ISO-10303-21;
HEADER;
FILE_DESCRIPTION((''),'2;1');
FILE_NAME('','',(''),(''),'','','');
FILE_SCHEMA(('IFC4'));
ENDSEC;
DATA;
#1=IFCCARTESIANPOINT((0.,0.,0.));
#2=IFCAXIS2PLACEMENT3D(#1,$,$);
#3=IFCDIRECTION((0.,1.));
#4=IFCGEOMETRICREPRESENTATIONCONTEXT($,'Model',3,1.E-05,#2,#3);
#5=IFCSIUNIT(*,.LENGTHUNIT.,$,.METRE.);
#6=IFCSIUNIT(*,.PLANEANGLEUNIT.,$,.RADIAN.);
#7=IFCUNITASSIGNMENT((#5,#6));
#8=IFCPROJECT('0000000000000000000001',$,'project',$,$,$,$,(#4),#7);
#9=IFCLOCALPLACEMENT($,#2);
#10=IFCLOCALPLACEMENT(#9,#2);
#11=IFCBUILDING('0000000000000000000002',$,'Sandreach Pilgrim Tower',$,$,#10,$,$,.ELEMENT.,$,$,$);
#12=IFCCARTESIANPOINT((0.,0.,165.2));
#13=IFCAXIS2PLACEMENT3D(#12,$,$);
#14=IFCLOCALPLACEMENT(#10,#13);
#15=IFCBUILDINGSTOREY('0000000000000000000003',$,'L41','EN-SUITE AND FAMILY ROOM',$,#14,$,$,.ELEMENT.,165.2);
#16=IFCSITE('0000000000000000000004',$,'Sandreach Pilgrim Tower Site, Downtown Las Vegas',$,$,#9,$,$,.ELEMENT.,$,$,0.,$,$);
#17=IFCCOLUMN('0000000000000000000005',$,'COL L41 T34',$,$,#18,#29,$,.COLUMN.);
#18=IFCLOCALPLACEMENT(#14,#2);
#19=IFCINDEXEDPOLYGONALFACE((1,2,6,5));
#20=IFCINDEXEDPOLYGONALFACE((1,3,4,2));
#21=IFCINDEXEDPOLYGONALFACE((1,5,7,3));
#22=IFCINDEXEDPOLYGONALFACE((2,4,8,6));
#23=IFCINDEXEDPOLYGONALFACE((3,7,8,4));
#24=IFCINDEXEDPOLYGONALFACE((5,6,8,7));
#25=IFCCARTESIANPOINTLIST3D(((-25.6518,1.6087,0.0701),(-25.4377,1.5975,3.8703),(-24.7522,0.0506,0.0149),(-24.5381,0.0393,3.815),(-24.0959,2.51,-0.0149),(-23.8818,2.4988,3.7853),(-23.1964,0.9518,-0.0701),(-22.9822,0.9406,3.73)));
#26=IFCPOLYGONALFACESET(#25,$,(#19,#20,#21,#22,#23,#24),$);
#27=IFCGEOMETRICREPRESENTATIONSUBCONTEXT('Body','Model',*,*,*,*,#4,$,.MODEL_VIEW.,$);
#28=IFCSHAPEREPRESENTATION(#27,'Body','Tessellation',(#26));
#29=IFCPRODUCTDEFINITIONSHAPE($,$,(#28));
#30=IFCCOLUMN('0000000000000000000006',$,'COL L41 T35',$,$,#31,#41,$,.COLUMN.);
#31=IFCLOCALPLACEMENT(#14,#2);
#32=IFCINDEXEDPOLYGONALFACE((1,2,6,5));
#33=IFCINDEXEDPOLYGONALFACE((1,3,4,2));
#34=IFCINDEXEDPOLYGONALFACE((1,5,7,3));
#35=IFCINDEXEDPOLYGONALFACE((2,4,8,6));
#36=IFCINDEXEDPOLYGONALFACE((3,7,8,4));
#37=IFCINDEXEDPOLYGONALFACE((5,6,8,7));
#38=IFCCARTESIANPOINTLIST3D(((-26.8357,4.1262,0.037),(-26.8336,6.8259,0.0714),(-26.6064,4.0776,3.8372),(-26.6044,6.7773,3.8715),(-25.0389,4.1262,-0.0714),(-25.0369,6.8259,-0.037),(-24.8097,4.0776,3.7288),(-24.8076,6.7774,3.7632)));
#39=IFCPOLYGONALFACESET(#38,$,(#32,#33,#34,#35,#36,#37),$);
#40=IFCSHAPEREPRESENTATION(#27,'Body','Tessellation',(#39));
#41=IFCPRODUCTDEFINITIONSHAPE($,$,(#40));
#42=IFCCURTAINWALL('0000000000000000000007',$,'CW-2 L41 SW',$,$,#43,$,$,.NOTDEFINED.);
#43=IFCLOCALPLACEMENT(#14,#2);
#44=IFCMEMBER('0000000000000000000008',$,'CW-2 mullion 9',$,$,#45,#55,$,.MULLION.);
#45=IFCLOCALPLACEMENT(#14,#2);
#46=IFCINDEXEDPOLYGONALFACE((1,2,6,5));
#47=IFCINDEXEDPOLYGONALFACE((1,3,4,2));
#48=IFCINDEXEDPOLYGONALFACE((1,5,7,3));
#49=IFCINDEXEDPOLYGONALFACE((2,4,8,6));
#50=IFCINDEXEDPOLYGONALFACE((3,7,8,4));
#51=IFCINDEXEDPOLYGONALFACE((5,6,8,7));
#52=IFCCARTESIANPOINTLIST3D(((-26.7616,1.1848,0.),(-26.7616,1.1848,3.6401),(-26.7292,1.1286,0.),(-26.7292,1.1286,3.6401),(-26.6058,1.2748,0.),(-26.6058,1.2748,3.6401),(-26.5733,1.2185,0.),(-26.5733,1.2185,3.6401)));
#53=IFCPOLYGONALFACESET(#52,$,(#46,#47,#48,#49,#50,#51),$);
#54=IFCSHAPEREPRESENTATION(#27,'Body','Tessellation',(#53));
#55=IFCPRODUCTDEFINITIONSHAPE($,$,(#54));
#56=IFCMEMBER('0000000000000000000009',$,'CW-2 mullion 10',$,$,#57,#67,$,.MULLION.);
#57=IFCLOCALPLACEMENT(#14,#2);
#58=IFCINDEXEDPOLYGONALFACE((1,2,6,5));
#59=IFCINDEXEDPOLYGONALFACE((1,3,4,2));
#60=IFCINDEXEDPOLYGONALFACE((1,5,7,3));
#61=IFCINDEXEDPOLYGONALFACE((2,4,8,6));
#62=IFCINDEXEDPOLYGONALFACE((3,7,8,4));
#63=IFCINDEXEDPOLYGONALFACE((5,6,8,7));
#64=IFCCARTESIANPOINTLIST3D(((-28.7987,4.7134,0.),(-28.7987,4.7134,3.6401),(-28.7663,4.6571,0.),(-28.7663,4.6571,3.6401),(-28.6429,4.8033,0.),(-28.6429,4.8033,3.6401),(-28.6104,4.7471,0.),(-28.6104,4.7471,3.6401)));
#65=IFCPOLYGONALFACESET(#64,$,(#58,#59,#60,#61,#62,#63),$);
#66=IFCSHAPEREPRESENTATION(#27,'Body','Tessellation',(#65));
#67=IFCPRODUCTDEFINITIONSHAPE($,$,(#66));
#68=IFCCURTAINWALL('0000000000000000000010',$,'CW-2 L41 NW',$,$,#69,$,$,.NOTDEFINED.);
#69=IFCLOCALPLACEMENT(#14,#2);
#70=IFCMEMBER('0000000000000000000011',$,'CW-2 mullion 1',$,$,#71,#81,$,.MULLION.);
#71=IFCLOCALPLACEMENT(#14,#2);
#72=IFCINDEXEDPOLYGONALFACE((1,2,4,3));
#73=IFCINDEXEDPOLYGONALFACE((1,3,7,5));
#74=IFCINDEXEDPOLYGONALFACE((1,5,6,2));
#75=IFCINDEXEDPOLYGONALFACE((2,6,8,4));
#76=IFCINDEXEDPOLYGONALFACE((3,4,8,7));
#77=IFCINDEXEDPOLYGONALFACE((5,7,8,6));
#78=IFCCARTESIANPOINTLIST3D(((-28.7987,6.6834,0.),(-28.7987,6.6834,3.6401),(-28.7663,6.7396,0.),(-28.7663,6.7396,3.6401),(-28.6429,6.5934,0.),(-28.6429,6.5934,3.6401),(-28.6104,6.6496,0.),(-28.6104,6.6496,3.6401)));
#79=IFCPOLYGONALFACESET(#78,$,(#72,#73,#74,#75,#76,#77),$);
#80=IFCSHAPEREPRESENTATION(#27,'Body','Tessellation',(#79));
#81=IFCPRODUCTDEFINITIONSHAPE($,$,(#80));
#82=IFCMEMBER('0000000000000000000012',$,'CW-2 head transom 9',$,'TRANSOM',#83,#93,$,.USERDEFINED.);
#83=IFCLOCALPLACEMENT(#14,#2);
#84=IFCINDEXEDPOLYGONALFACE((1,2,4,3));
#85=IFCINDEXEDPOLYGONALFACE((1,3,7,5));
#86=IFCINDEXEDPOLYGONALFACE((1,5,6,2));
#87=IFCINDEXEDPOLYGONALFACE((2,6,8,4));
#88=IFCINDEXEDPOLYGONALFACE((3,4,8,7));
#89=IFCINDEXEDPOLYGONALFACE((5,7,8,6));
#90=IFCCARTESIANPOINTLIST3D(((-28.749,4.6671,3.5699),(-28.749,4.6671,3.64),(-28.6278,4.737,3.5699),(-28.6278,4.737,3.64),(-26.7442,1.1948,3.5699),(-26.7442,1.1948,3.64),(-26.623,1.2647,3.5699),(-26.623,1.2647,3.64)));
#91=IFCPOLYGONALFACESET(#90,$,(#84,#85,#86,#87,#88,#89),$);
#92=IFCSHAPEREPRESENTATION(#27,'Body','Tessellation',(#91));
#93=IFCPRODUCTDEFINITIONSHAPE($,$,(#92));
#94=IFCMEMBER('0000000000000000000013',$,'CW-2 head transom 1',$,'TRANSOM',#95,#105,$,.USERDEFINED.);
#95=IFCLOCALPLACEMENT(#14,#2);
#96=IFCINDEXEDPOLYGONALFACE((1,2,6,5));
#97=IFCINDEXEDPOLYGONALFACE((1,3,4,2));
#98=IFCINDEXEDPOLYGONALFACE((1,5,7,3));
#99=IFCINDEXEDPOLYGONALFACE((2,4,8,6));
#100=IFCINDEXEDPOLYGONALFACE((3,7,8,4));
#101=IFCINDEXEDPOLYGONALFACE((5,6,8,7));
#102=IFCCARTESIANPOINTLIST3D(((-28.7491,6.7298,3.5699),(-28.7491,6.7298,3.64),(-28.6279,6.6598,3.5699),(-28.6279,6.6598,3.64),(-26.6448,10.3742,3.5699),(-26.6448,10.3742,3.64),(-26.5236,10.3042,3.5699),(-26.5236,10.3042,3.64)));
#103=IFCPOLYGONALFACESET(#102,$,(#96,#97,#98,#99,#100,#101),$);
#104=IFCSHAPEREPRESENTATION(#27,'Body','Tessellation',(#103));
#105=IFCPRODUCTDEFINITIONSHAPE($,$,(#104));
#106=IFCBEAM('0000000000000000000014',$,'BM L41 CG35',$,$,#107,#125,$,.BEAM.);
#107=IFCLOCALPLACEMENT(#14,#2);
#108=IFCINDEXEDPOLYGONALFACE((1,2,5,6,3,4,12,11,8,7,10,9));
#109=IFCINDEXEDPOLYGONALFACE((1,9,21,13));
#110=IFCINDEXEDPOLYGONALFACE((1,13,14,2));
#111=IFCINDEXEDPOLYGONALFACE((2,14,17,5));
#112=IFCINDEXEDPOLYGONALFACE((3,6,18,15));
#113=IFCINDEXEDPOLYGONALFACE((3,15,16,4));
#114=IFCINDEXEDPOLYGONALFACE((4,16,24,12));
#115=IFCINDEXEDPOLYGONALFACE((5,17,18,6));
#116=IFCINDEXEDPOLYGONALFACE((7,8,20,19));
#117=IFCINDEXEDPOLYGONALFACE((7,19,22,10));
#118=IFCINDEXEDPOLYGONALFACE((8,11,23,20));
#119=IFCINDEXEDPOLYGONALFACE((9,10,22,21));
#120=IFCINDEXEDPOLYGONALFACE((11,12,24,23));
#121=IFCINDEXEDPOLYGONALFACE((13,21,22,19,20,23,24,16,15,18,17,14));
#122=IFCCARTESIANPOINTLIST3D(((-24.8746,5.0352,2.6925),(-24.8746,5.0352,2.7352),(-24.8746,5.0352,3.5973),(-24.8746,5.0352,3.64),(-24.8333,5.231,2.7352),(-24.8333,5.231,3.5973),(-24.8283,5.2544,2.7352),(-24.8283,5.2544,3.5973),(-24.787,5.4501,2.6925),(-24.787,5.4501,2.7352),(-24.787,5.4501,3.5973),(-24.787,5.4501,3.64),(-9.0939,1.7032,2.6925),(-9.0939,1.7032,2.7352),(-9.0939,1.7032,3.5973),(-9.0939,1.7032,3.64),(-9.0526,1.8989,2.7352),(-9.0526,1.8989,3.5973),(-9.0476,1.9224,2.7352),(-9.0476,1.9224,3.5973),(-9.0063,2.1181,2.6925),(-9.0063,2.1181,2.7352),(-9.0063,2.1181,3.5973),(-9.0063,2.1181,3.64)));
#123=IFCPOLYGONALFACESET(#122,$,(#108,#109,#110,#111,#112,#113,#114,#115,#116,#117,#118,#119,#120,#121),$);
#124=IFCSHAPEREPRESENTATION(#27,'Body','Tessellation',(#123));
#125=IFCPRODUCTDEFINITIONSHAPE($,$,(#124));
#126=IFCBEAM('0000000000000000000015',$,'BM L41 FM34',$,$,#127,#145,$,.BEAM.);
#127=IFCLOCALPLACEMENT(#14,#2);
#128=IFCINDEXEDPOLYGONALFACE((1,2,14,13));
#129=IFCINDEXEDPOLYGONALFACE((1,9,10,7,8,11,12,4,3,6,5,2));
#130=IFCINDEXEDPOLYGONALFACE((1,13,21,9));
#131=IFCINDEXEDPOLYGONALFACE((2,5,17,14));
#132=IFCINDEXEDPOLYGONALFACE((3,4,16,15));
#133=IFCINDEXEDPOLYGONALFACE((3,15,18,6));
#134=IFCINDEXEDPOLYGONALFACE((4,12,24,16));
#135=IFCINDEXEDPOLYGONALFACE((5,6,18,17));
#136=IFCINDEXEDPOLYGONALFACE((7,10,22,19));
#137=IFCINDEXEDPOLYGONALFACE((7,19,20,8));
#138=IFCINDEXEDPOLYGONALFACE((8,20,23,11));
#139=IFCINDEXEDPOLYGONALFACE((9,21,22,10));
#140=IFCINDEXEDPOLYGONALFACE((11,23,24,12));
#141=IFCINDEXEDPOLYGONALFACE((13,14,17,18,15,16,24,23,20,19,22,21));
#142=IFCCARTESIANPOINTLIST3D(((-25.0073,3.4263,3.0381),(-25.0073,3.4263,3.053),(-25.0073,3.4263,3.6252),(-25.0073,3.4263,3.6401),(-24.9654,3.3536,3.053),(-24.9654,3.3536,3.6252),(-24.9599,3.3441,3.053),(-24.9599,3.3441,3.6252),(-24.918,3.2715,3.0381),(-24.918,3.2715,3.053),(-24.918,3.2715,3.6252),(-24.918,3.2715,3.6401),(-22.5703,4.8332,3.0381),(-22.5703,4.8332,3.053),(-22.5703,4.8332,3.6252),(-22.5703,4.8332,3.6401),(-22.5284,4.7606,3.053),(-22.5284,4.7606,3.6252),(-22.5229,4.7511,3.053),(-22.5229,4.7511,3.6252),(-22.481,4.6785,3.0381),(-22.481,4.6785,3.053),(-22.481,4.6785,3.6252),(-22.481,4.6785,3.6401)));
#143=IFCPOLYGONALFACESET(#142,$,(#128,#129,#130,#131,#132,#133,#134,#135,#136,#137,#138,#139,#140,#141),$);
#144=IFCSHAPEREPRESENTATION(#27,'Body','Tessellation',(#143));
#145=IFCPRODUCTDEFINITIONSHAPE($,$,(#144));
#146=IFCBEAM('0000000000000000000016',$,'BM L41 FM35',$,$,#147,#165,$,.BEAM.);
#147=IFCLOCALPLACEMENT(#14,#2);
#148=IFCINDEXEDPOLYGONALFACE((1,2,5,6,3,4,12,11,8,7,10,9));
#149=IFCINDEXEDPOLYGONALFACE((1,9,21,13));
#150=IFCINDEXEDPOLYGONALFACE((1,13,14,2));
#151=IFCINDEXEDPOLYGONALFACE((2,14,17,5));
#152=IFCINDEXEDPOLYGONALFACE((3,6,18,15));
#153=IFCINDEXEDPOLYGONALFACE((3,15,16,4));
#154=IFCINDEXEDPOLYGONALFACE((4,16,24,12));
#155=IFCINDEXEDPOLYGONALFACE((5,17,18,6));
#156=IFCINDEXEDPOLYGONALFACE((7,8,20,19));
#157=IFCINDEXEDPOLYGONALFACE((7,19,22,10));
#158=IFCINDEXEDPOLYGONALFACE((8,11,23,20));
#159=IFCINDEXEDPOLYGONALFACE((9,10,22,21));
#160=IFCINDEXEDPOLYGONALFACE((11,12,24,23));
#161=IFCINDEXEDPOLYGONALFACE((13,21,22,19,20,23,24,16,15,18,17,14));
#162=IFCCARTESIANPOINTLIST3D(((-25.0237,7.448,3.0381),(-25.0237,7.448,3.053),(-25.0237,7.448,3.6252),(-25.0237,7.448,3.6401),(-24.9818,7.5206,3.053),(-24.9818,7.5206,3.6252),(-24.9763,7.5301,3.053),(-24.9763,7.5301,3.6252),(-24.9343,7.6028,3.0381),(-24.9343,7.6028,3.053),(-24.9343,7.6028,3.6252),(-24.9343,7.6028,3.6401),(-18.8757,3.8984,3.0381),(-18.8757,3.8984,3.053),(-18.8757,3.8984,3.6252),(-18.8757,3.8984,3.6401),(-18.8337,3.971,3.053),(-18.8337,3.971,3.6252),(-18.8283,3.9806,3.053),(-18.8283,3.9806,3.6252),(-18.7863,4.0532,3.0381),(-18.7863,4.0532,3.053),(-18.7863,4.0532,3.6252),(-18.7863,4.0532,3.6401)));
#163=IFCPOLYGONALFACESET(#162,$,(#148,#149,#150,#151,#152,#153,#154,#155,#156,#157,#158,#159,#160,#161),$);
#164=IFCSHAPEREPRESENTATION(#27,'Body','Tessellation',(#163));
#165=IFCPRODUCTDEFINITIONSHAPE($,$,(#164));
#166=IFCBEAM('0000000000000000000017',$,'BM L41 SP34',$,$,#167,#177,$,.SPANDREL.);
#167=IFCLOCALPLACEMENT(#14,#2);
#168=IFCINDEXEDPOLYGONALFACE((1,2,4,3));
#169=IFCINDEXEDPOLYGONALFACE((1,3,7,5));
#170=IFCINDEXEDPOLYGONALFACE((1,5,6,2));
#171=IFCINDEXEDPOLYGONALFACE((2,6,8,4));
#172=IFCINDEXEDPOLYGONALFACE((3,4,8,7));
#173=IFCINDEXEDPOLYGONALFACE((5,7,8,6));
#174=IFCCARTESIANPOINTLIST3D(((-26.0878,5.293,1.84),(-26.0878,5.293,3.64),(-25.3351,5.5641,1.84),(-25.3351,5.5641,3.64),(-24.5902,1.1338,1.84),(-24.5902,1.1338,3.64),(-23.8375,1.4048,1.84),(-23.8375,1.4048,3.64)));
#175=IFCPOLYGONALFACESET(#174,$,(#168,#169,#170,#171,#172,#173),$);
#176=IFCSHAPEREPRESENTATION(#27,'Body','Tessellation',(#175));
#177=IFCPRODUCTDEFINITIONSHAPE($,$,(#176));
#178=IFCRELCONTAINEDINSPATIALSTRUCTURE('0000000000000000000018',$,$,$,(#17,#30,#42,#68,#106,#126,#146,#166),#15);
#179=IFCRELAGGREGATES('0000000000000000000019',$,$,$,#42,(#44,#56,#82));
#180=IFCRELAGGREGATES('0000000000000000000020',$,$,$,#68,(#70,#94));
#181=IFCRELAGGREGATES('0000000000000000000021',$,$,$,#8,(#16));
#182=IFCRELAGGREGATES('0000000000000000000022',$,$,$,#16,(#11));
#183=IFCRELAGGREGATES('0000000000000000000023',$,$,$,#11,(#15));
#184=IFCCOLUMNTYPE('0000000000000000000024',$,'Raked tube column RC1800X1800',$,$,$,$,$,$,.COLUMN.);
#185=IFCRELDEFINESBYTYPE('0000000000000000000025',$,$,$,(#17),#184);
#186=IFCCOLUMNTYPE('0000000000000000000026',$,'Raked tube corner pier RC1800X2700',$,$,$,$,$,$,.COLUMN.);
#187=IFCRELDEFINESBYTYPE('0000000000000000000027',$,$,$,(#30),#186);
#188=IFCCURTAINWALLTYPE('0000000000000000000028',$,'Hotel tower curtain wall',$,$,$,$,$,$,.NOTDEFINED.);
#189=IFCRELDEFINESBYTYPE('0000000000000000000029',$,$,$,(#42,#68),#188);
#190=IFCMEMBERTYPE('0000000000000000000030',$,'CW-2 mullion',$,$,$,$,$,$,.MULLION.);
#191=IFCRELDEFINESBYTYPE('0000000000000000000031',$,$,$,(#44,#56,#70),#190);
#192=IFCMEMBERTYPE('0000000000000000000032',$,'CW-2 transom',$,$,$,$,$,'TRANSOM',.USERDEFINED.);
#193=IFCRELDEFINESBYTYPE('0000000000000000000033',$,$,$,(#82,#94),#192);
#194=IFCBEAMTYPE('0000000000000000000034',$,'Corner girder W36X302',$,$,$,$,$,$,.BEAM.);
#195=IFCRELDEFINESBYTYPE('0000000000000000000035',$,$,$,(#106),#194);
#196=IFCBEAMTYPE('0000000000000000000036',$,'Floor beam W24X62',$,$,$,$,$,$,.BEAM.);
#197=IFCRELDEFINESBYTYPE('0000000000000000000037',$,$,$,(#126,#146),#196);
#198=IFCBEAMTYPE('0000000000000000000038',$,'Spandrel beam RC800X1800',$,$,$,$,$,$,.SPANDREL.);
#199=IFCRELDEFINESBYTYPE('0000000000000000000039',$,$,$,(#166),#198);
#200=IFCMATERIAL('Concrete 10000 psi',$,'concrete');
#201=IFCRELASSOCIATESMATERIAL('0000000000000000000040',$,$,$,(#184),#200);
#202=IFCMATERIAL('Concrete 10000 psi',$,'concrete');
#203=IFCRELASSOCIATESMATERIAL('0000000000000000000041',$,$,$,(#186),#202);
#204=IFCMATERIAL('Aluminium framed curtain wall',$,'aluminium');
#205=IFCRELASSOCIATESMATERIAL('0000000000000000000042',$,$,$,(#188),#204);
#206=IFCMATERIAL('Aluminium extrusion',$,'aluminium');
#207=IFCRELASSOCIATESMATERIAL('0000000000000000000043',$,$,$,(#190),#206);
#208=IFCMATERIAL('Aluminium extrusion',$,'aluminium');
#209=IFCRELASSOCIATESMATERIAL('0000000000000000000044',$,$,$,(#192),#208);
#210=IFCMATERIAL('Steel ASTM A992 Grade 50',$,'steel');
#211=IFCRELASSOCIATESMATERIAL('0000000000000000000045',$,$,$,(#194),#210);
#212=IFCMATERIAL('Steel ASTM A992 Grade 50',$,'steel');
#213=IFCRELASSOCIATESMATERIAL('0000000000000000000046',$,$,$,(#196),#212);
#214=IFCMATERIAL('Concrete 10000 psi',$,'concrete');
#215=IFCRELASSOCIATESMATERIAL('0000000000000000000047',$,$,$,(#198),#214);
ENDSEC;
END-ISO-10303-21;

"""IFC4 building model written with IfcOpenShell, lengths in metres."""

from ifc_helpers import new_model, si_unit, direction, frame, origin, origin_2d, place, context, subcontext, project, spatial, rectangle, i_section, extrude, material, material_profile, profile_set, type_object, element, aggregate, save


model = new_model("IFC4")

# Units and contexts
model_context = context("Model", 3, precision=1e-05, world=origin(), true_north=direction((0.0, 1.0)))
body_context = subcontext(model_context, "Body", "Model", "MODEL_VIEW")
ifc_project = project(units=[si_unit("LENGTHUNIT", "METRE"), si_unit("PLANEANGLEUNIT", "RADIAN")], contexts=[model_context])

# Site, building, storey
site_placement = place(None, origin())
site = spatial("IfcSite", under=ifc_project, at=site_placement, Name="Sandreach Pilgrim Tower Site, Downtown Las Vegas", CompositionType="ELEMENT", RefElevation=0.0)
building_placement = place(site_placement, origin())
building = spatial("IfcBuilding", under=site, at=building_placement, Name="Sandreach Pilgrim Tower", CompositionType="ELEMENT")
storey_placement = place(building_placement, frame((0.0, 0.0, 165.2)))
storey = spatial("IfcBuildingStorey", under=building, at=storey_placement, Name="L41", Description="EN-SUITE AND FAMILY ROOM", CompositionType="ELEMENT", Elevation=165.2)

# Columns
ifc_material_1 = material(Name="Concrete 10000 psi", Category="concrete")
ifc_material_profile_1 = material_profile(ifc_material_1, rectangle(XDim=1.8, YDim=1.8, at=origin_2d()), Name="RC1800X1800")
ifc_profile_set_1 = profile_set([ifc_material_profile_1], Name="Concrete 10000 psi")
column_type_1 = type_object("IfcColumnType", Name="Raked tube column RC1800X1800", PredefinedType="COLUMN", material=ifc_profile_set_1)
column_1_placement = place(storey_placement, frame((-24.4241, 1.2803, 0.0), z_axis=(0.056255, -0.002951, 0.998412), x_axis=(-0.864347, -0.500673, 0.047221)))
element("IfcColumn", 1, at=column_1_placement, inside=storey, type_object=column_type_1, Name="COL L41 T34", PredefinedType="COLUMN", context=body_context, shape_type="SweptSolid", body=[
    extrude(rectangle(XDim=1.8, YDim=1.8, at=origin_2d()), origin(), (0.0, 0.0, 1.0), 3.8062),
])
ifc_material_2 = material(Name="Concrete 10000 psi", Category="concrete")
ifc_material_profile_2 = material_profile(ifc_material_2, rectangle(XDim=1.8, YDim=2.7, at=origin_2d()), Name="RC1800X2700")
ifc_profile_set_2 = profile_set([ifc_material_profile_2], Name="Concrete 10000 psi")
column_type_2 = type_object("IfcColumnType", Name="Raked tube corner pier RC1800X2700", PredefinedType="COLUMN", material=ifc_profile_set_2)
column_2_placement = place(storey_placement, frame((-25.9363, 5.4761, 0.0), z_axis=(0.060213, -0.012761, 0.998104), x_axis=(-0.998185, -0.000007, 0.060218)))
element("IfcColumn", 2, at=column_2_placement, inside=storey, type_object=column_type_2, Name="COL L41 T35", PredefinedType="COLUMN", context=body_context, shape_type="SweptSolid", body=[
    extrude(rectangle(XDim=1.8, YDim=2.7, at=origin_2d()), origin(), (0.0, 0.0, 1.0), 3.8074),
])

# Curtain wall, members
ifc_material_3 = material(Name="Aluminium framed curtain wall", Category="aluminium")
curtain_wall_type = type_object("IfcCurtainWallType", Name="Hotel tower curtain wall", PredefinedType="NOTDEFINED", material=ifc_material_3)
curtain_wall_1_placement = place(storey_placement, origin())
curtain_wall_1 = element("IfcCurtainWall", 3, at=curtain_wall_1_placement, inside=storey, type_object=curtain_wall_type, Name="CW-2 L41 SW", PredefinedType="NOTDEFINED")
ifc_material_4 = material(Name="Aluminium extrusion", Category="aluminium")
ifc_material_profile_3 = material_profile(ifc_material_4, rectangle(XDim=0.0649, YDim=0.1799, at=origin_2d()), Name="CW-2M 65X180")
ifc_profile_set_3 = profile_set([ifc_material_profile_3], Name="Aluminium extrusion")
member_type_1 = type_object("IfcMemberType", Name="CW-2 mullion", PredefinedType="MULLION", material=ifc_profile_set_3)
member_1_placement = place(storey_placement, frame((-26.6675, 1.2017, 0.0), z_axis=(0.0, 0.0, 1.0), x_axis=(-0.5, 0.866025, 0.0)))
member_1 = element("IfcMember", 4, at=member_1_placement, type_object=member_type_1, Name="CW-2 mullion 9", PredefinedType="MULLION", context=body_context, shape_type="SweptSolid", body=[
    extrude(rectangle(XDim=0.0649, YDim=0.1799, at=origin_2d()), origin(), (0.0, 0.0, 1.0), 3.6401),
])
member_2_placement = place(storey_placement, frame((-28.7046, 4.7302, 0.0), z_axis=(0.0, 0.0, 1.0), x_axis=(-0.5, 0.866025, 0.0)))
member_2 = element("IfcMember", 5, at=member_2_placement, type_object=member_type_1, Name="CW-2 mullion 10", PredefinedType="MULLION", context=body_context, shape_type="SweptSolid", body=[
    extrude(rectangle(XDim=0.0649, YDim=0.1799, at=origin_2d()), origin(), (0.0, 0.0, 1.0), 3.6401),
])

# Curtain wall, member
curtain_wall_2_placement = place(storey_placement, origin())
curtain_wall_2 = element("IfcCurtainWall", 6, at=curtain_wall_2_placement, inside=storey, type_object=curtain_wall_type, Name="CW-2 L41 NW", PredefinedType="NOTDEFINED")
member_3_placement = place(storey_placement, frame((-28.7046, 6.6665, 0.0), z_axis=(0.0, 0.0, 1.0), x_axis=(0.5, 0.866025, 0.0)))
member_3 = element("IfcMember", 7, at=member_3_placement, type_object=member_type_1, Name="CW-2 mullion 1", PredefinedType="MULLION", context=body_context, shape_type="SweptSolid", body=[
    extrude(rectangle(XDim=0.0649, YDim=0.1799, at=origin_2d()), origin(), (0.0, 0.0, 1.0), 3.6401),
])

# Members
ifc_material_5 = material(Name="Aluminium extrusion", Category="aluminium")
ifc_material_profile_4 = material_profile(ifc_material_5, rectangle(XDim=0.1399, YDim=0.0701, at=origin_2d()), Name="CW-2T 140X70")
ifc_profile_set_4 = profile_set([ifc_material_profile_4], Name="Aluminium extrusion")
member_type_2 = type_object("IfcMemberType", Name="CW-2 transom", ElementType="TRANSOM", PredefinedType="USERDEFINED", material=ifc_profile_set_4)
member_4_placement = place(storey_placement, frame((-26.6836, 1.2297, 3.605), z_axis=(-0.500016, 0.866016, 0.0), x_axis=(-0.866016, -0.500016, 0.0)))
member_4 = element("IfcMember", 8, at=member_4_placement, type_object=member_type_2, Name="CW-2 head transom 9", ObjectType="TRANSOM", PredefinedType="USERDEFINED", context=body_context, shape_type="SweptSolid", body=[
    extrude(rectangle(XDim=0.1399, YDim=0.0701, at=origin_2d()), origin(), (0.0, 0.0, 1.0), 4.0095),
])
member_5_placement = place(storey_placement, frame((-28.6885, 6.6948, 3.605), z_axis=(0.500039, 0.866003, 0.0), x_axis=(-0.866003, 0.500039, 0.0)))
member_5 = element("IfcMember", 9, at=member_5_placement, type_object=member_type_2, Name="CW-2 head transom 1", ObjectType="TRANSOM", PredefinedType="USERDEFINED", context=body_context, shape_type="SweptSolid", body=[
    extrude(rectangle(XDim=0.1399, YDim=0.0701, at=origin_2d()), origin(), (0.0, 0.0, 1.0), 4.2083),
])

# Beams
ifc_material_6 = material(Name="Steel ASTM A992 Grade 50", Category="steel")
ifc_material_profile_5 = material_profile(ifc_material_6, i_section(OverallWidth=0.4241, OverallDepth=0.9475, WebThickness=0.0239, FlangeThickness=0.0427, at=origin_2d()), Name="W36X302")
ifc_profile_set_5 = profile_set([ifc_material_profile_5], Name="Steel ASTM A992 Grade 50")
beam_type_1 = type_object("IfcBeamType", Name="Corner girder W36X302", PredefinedType="BEAM", material=ifc_profile_set_5)
beam_1_placement = place(storey_placement, frame((-24.8308, 5.2427, 3.1663), z_axis=(0.978428, -0.20659, 0.0), x_axis=(0.20659, 0.978428, 0.0)))
element("IfcBeam", 10, at=beam_1_placement, inside=storey, type_object=beam_type_1, Name="BM L41 CG35", PredefinedType="BEAM", context=body_context, shape_type="SweptSolid", body=[
    extrude(i_section(OverallWidth=0.4241, OverallDepth=0.9475, WebThickness=0.0239, FlangeThickness=0.0427, at=origin_2d()), origin(), (0.0, 0.0, 1.0), 16.1287),
])
ifc_material_7 = material(Name="Steel ASTM A992 Grade 50", Category="steel")
ifc_material_profile_6 = material_profile(ifc_material_7, i_section(OverallWidth=0.1787, OverallDepth=0.6021, WebThickness=0.011, FlangeThickness=0.0149, at=origin_2d()), Name="W24X62")
ifc_profile_set_6 = profile_set([ifc_material_profile_6], Name="Steel ASTM A992 Grade 50")
beam_type_2 = type_object("IfcBeamType", Name="Floor beam W24X62", PredefinedType="BEAM", material=ifc_profile_set_6)
beam_2_placement = place(storey_placement, frame((-24.9626, 3.3489, 3.3391), z_axis=(0.86603, 0.499993, 0.0), x_axis=(-0.499993, 0.86603, 0.0)))
element("IfcBeam", 11, at=beam_2_placement, inside=storey, type_object=beam_type_2, Name="BM L41 FM34", PredefinedType="BEAM", context=body_context, shape_type="SweptSolid", body=[
    extrude(i_section(OverallWidth=0.1787, OverallDepth=0.6021, WebThickness=0.011, FlangeThickness=0.0149, at=origin_2d()), origin(), (0.0, 0.0, 1.0), 2.814),
])
beam_3_placement = place(storey_placement, frame((-24.979, 7.5254, 3.3391), z_axis=(0.866023, -0.500004, 0.0), x_axis=(0.500004, 0.866023, 0.0)))
element("IfcBeam", 12, at=beam_3_placement, inside=storey, type_object=beam_type_2, Name="BM L41 FM35", PredefinedType="BEAM", context=body_context, shape_type="SweptSolid", body=[
    extrude(i_section(OverallWidth=0.1787, OverallDepth=0.6021, WebThickness=0.011, FlangeThickness=0.0149, at=origin_2d()), origin(), (0.0, 0.0, 1.0), 7.0991),
])
ifc_material_8 = material(Name="Concrete 10000 psi", Category="concrete")
ifc_material_profile_7 = material_profile(ifc_material_8, rectangle(XDim=0.8, YDim=1.8, at=origin_2d()), Name="RC800X1800")
ifc_profile_set_7 = profile_set([ifc_material_profile_7], Name="Concrete 10000 psi")
beam_type_3 = type_object("IfcBeamType", Name="Spandrel beam RC800X1800", PredefinedType="SPANDREL", material=ifc_profile_set_7)
beam_4_placement = place(storey_placement, frame((-24.2139, 1.2693, 2.74), z_axis=(-0.33877, 0.940869, 0.0), x_axis=(-0.940869, -0.33877, 0.0)))
element("IfcBeam", 13, at=beam_4_placement, inside=storey, type_object=beam_type_3, Name="BM L41 SP34", PredefinedType="SPANDREL", context=body_context, shape_type="SweptSolid", body=[
    extrude(rectangle(XDim=0.8, YDim=1.8, at=origin_2d()), origin(), (0.0, 0.0, 1.0), 4.4207),
])

aggregate(curtain_wall_1, [member_1, member_2, member_4])
aggregate(curtain_wall_2, [member_3, member_5])

save(model, "model.ifc")
